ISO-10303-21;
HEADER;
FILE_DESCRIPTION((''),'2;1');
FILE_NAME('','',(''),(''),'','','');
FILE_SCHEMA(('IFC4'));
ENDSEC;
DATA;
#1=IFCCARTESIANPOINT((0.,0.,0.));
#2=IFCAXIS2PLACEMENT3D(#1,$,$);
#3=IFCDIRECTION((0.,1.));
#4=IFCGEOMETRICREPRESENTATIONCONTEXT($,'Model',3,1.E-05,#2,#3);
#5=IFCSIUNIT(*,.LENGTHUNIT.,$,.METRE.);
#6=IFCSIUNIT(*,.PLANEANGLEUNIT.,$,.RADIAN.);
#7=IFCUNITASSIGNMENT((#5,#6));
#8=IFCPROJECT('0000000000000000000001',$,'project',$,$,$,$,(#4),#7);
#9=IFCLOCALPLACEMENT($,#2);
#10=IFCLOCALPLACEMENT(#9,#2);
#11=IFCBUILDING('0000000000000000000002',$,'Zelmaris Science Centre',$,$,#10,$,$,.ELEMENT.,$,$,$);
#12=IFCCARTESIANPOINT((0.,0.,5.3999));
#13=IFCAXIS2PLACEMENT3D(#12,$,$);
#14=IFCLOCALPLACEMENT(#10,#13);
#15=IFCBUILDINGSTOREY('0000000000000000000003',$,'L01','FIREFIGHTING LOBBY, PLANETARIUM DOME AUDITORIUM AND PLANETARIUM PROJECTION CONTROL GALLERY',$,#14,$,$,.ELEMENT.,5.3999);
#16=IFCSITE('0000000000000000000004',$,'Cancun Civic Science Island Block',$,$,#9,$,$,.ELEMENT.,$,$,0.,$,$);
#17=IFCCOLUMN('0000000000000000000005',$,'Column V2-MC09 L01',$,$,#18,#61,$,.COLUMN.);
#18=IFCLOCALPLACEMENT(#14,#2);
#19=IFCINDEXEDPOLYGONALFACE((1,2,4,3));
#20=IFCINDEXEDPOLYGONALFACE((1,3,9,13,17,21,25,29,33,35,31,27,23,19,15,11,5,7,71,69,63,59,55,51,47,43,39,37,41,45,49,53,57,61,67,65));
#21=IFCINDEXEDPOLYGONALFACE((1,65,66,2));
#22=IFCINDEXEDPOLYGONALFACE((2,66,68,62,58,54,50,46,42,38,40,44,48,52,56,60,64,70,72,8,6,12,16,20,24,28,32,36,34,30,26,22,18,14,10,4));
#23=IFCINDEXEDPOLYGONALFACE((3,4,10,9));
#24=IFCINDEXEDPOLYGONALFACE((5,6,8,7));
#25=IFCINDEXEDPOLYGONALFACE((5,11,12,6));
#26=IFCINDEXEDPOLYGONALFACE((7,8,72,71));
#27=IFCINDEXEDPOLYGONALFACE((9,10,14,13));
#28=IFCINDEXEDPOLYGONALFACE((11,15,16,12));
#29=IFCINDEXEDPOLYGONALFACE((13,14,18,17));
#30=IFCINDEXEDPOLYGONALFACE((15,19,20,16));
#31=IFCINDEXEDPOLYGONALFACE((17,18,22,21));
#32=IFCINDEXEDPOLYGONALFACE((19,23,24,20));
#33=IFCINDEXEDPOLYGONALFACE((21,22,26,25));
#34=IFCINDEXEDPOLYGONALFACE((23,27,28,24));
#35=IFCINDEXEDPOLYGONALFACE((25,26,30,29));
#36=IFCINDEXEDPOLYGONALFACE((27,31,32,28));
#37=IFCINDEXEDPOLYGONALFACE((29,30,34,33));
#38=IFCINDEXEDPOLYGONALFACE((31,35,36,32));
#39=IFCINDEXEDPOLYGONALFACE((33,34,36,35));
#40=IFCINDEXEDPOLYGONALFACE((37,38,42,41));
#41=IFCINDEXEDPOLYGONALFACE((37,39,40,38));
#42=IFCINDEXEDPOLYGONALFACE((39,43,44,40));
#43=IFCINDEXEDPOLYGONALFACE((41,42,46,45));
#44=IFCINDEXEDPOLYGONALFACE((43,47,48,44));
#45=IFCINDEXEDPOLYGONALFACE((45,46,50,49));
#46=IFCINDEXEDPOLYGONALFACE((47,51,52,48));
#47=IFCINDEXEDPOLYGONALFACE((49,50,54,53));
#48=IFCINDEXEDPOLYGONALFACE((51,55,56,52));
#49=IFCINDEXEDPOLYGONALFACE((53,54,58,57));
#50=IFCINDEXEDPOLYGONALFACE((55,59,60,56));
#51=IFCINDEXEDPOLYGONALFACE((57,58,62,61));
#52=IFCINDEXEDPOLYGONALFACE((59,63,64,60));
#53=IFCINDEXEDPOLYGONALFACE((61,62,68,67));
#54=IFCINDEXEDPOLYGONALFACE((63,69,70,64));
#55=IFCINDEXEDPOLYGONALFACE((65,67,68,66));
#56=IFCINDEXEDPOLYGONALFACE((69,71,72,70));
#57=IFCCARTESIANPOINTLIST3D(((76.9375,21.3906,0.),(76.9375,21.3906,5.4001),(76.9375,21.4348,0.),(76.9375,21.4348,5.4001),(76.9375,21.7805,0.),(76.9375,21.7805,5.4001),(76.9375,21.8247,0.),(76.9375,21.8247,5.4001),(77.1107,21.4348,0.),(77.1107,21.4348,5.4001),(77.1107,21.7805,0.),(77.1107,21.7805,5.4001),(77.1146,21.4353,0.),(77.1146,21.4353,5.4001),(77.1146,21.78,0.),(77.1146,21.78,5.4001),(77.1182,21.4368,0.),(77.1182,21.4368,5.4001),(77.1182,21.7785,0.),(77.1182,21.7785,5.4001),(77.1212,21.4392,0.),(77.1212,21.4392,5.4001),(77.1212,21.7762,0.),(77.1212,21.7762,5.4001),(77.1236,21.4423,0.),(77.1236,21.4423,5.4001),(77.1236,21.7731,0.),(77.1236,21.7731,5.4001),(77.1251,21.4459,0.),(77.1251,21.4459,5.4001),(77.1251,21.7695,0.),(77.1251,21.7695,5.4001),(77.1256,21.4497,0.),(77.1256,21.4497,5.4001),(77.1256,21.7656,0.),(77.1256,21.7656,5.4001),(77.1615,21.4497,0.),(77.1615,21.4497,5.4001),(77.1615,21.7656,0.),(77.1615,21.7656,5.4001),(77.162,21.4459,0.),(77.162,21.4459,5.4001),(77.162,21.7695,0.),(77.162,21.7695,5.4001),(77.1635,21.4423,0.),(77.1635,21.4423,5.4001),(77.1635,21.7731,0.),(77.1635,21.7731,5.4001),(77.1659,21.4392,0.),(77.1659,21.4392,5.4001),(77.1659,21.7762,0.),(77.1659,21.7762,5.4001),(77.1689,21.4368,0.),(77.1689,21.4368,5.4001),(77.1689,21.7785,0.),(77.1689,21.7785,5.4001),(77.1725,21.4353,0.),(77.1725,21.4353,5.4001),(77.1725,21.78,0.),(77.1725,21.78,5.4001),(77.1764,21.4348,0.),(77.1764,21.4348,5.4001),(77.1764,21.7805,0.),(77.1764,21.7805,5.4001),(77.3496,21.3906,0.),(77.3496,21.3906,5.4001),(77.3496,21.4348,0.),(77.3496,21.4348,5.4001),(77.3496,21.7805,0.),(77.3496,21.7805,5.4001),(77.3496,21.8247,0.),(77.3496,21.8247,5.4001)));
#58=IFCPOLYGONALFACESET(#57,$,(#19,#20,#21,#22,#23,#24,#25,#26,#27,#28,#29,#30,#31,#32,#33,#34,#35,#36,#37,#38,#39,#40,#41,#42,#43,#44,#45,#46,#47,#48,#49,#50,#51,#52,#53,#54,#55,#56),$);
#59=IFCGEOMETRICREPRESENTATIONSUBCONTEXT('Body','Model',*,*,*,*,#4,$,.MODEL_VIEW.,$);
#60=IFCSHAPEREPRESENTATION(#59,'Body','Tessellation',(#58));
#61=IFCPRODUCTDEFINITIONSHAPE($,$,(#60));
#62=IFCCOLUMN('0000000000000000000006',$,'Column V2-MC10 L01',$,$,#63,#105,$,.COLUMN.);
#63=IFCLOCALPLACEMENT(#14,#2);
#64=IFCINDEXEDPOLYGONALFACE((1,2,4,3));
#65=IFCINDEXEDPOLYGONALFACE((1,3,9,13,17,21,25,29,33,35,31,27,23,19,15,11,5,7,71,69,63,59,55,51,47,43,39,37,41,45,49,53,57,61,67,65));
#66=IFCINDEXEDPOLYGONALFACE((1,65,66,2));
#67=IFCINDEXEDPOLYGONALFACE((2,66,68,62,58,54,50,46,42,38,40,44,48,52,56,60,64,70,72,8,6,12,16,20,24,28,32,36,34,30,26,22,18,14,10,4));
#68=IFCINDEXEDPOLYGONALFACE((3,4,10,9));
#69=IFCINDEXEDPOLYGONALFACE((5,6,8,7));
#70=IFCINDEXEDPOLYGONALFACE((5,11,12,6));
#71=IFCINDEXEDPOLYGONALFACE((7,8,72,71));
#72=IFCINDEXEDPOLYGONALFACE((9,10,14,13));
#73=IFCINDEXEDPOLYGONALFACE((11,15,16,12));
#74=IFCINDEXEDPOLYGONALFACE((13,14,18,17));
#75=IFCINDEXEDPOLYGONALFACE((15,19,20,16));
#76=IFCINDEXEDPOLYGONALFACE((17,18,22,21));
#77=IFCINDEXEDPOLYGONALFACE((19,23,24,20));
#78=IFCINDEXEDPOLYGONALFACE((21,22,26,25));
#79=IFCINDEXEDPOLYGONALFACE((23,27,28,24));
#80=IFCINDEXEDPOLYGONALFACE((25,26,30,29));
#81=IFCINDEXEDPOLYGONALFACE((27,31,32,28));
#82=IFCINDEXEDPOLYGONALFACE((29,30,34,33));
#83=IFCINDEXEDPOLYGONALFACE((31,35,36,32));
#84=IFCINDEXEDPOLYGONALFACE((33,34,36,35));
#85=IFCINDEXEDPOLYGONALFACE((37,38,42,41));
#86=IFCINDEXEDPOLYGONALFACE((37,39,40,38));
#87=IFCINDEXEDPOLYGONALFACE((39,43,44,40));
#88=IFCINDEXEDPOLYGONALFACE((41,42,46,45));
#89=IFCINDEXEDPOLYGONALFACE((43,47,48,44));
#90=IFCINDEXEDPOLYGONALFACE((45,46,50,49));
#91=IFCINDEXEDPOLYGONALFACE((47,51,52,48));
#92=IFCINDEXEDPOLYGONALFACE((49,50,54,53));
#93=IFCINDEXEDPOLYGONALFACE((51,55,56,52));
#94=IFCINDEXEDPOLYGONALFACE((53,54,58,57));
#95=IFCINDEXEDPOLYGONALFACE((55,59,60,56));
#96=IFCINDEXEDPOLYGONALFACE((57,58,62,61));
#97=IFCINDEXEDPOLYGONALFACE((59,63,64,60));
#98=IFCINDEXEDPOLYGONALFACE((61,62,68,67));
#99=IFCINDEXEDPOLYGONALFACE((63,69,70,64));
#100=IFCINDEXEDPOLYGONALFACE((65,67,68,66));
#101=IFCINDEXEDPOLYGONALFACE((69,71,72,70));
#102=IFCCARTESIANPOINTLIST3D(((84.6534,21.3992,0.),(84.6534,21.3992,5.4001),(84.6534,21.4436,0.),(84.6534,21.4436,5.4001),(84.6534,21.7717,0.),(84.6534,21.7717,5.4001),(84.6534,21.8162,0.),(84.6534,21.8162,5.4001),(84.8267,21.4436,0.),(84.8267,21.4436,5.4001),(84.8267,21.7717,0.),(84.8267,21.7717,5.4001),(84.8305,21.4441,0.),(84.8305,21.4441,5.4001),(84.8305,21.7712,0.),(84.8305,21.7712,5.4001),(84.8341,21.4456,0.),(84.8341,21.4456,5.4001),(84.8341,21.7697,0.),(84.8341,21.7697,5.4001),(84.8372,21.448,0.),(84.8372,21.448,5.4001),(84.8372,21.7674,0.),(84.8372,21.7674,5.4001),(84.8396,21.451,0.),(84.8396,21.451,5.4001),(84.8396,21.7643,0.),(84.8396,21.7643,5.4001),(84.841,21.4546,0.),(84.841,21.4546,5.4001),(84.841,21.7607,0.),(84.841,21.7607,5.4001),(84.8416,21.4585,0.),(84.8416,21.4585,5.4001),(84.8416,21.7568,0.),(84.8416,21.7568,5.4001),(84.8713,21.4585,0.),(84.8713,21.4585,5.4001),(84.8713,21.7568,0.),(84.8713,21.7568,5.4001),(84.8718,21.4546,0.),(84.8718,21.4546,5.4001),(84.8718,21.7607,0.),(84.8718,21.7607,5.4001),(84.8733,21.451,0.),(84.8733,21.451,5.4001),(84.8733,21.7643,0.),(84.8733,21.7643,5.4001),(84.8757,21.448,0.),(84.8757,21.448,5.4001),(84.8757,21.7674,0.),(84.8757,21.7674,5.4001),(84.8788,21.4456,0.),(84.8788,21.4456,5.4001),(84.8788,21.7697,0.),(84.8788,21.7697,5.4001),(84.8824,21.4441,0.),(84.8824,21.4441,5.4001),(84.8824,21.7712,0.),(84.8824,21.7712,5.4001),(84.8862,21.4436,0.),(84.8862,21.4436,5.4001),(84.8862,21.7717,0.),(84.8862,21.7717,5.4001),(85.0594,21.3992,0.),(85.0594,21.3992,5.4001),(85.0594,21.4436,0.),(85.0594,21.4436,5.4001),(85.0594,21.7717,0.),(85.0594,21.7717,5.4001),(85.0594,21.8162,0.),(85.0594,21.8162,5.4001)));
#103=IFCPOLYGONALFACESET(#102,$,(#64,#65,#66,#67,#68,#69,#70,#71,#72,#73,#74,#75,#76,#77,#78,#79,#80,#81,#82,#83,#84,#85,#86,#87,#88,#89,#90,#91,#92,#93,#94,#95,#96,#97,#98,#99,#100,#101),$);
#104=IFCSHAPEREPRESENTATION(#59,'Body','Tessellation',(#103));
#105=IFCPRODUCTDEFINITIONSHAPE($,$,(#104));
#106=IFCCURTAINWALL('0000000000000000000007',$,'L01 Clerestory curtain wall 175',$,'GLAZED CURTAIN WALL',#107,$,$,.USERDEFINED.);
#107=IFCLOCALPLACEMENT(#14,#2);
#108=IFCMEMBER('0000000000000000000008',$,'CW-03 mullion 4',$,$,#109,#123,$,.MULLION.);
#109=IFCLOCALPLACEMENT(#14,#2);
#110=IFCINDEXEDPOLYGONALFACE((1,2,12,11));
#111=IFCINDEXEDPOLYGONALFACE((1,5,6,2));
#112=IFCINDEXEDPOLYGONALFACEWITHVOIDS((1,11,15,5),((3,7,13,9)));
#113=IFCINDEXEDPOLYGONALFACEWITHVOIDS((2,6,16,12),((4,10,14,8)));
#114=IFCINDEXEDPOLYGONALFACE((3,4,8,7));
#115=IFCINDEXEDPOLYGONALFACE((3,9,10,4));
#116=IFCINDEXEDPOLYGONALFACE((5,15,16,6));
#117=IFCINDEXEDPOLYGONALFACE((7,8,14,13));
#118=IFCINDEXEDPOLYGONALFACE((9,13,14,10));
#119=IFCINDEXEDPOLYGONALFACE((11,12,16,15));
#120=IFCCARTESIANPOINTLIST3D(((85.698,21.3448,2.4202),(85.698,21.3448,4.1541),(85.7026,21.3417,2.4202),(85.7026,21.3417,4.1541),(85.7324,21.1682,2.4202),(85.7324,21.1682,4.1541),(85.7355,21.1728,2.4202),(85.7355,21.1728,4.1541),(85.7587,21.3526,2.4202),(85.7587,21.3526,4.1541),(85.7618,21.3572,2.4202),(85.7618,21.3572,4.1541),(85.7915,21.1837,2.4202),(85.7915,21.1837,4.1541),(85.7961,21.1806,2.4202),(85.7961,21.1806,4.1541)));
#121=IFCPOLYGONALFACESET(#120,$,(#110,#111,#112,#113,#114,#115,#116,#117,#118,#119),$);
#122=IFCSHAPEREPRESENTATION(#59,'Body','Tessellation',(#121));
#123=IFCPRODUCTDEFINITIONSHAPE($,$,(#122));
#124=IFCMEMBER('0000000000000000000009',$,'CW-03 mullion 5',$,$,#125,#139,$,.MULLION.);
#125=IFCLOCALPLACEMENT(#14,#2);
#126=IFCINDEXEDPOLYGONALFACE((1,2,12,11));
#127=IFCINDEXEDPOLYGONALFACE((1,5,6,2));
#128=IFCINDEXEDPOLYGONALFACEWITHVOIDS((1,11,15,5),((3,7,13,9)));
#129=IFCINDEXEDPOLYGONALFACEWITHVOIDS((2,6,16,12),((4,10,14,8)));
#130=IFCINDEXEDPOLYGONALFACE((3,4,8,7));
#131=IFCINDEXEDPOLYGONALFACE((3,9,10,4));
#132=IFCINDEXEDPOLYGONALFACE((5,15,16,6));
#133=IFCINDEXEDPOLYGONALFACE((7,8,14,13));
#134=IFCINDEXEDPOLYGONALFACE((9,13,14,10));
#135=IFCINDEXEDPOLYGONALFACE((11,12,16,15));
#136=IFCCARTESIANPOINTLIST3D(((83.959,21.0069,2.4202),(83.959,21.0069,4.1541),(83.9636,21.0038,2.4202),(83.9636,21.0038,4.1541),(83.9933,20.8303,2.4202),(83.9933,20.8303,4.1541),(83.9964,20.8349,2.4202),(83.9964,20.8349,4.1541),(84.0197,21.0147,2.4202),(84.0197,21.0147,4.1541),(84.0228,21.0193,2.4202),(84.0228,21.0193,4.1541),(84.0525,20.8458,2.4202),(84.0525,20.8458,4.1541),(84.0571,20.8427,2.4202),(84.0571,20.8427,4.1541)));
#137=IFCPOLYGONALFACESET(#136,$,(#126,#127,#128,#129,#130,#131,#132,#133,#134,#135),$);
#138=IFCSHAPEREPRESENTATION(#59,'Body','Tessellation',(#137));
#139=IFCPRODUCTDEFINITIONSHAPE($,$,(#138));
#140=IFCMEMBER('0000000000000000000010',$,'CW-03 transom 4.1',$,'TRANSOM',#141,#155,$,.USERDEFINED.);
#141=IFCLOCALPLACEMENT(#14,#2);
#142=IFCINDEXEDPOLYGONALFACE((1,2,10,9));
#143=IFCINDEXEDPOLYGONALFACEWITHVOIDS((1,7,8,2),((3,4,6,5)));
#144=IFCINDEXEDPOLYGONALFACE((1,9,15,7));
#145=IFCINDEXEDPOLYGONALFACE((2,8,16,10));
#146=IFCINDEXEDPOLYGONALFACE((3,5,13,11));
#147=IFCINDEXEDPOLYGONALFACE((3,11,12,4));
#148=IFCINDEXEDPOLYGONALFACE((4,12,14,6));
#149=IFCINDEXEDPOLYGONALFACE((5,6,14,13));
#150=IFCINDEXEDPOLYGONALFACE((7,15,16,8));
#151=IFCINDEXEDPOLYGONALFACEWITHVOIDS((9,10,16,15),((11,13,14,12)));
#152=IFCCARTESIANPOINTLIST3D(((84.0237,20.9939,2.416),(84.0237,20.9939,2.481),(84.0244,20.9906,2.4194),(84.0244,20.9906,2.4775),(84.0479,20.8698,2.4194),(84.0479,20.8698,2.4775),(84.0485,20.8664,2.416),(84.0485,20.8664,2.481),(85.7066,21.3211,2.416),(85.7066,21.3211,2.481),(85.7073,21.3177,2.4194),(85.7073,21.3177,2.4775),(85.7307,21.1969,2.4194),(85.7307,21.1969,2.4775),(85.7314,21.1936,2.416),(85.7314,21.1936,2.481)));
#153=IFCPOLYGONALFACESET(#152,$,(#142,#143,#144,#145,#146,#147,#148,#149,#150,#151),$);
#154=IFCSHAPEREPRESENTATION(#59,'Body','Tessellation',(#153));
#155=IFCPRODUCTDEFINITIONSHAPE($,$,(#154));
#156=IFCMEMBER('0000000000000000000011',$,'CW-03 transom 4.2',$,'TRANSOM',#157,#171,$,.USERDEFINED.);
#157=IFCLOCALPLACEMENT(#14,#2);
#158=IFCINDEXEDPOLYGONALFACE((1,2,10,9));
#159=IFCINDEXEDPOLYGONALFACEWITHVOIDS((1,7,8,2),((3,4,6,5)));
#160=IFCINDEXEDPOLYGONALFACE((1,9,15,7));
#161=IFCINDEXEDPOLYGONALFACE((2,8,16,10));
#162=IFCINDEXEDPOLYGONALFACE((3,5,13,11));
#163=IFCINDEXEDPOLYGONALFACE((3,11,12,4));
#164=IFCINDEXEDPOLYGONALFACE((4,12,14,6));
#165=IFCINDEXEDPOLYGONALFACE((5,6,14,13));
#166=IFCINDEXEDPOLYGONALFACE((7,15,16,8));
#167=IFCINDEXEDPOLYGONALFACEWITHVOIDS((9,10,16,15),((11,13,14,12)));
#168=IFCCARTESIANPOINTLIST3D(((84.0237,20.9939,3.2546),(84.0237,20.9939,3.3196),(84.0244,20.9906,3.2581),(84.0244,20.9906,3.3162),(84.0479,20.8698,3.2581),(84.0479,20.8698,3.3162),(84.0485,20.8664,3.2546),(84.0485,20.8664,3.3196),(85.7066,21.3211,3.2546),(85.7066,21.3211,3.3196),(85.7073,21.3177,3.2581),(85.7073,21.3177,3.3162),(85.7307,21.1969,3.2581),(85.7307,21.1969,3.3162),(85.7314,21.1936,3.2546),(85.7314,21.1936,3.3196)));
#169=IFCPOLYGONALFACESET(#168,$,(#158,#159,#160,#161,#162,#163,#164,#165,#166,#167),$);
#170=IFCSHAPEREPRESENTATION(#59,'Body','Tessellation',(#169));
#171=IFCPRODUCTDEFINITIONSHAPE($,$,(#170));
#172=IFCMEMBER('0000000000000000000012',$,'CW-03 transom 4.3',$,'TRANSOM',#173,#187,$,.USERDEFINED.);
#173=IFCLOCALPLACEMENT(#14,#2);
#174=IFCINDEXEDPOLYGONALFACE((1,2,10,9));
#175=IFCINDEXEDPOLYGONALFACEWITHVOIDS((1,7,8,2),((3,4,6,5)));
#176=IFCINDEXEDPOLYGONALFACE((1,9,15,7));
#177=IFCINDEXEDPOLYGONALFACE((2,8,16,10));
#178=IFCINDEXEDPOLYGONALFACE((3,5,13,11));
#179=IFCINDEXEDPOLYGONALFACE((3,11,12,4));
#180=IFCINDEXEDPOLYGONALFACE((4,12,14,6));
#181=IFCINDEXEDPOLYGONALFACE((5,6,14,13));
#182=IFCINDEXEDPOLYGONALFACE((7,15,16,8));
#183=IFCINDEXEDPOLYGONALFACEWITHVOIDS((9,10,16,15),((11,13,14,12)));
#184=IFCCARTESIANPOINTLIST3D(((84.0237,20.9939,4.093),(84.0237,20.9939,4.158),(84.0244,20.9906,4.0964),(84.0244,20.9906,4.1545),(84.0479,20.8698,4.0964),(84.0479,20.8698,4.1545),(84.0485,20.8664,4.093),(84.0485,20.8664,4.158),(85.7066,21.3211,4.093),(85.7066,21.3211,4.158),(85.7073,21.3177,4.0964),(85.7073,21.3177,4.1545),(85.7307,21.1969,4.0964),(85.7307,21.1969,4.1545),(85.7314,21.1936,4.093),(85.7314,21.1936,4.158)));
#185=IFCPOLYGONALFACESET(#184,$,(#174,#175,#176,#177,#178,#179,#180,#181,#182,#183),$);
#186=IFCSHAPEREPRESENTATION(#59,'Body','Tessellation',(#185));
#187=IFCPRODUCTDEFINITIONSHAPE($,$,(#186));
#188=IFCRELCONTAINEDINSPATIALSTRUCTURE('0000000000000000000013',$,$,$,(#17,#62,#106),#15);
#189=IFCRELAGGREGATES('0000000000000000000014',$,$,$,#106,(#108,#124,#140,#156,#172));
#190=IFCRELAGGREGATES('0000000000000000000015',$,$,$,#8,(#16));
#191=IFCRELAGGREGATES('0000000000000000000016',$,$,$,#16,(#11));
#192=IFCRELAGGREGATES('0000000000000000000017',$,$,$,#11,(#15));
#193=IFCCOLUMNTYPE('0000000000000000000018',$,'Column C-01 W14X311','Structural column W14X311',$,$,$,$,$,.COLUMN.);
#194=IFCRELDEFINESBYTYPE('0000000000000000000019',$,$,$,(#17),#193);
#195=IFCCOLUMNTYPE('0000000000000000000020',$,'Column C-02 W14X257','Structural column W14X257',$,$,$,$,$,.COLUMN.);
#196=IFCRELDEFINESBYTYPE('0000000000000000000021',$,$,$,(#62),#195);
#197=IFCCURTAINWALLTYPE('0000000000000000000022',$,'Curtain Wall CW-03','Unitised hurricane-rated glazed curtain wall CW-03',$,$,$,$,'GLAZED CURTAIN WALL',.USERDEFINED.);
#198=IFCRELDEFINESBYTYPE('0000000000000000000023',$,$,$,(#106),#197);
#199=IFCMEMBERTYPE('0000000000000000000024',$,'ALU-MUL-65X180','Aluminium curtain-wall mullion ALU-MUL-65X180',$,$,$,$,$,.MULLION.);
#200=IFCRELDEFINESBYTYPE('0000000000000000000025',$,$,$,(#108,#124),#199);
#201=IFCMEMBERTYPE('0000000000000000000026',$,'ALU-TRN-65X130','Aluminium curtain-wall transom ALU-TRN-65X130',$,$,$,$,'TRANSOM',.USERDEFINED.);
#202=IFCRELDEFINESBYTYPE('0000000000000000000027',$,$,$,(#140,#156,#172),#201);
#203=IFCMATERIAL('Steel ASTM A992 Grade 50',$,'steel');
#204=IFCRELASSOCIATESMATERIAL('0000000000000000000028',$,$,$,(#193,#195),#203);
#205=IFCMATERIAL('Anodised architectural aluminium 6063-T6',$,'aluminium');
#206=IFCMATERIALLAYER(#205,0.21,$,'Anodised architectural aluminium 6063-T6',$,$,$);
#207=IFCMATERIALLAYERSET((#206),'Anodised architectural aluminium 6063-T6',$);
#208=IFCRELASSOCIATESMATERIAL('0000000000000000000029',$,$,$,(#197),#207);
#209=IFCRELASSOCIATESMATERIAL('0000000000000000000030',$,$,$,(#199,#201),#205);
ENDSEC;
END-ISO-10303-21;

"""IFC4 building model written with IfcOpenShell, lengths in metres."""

from ifc_helpers import new_model, si_unit, direction, frame, origin, origin_2d, place, context, subcontext, project, spatial, hollow_rectangle, i_section, extrude, material, layer, layer_set, material_profile, profile_set, type_object, element, aggregate, save


model = new_model("IFC4")

# Units and contexts
model_context = context("Model", 3, precision=1e-05, world=origin(), true_north=direction((0.0, 1.0)))
body_context = subcontext(model_context, "Body", "Model", "MODEL_VIEW")
ifc_project = project(units=[si_unit("LENGTHUNIT", "METRE"), si_unit("PLANEANGLEUNIT", "RADIAN")], contexts=[model_context])

# Site, building, storey
site_placement = place(None, origin())
site = spatial("IfcSite", under=ifc_project, at=site_placement, Name="Cancun Civic Science Island Block", CompositionType="ELEMENT", RefElevation=0.0)
building_placement = place(site_placement, origin())
building = spatial("IfcBuilding", under=site, at=building_placement, Name="Zelmaris Science Centre", CompositionType="ELEMENT")
storey_placement = place(building_placement, frame((0.0, 0.0, 5.3999)))
storey = spatial("IfcBuildingStorey", under=building, at=storey_placement, Name="L01", Description="FIREFIGHTING LOBBY, PLANETARIUM DOME AUDITORIUM AND PLANETARIUM PROJECTION CONTROL GALLERY", CompositionType="ELEMENT", Elevation=5.3999)

# Columns
ifc_material_1 = material(Name="Steel ASTM A992 Grade 50", Category="steel")
ifc_material_profile_1 = material_profile(ifc_material_1, i_section(OverallWidth=0.4121, OverallDepth=0.4341, WebThickness=0.0359, FlangeThickness=0.0442, FilletRadius=0.0149, at=origin_2d()), Name="W14X311")
ifc_profile_set_1 = profile_set([ifc_material_profile_1], Name="Steel ASTM A992 Grade 50")
column_type_1 = type_object("IfcColumnType", Name="Column C-01 W14X311", Description="Structural column W14X311", PredefinedType="COLUMN", material=ifc_profile_set_1)
column_1_placement = place(storey_placement, frame((77.1436, 21.6077, 0.0), z_axis=(0.0, 0.0, 1.0), x_axis=(1.0, 0.0, 0.0)))
element("IfcColumn", 1, at=column_1_placement, inside=storey, type_object=column_type_1, Name="Column V2-MC09 L01", PredefinedType="COLUMN", context=body_context, shape_type="SweptSolid", body=[
    extrude(i_section(OverallWidth=0.4121, OverallDepth=0.4341, WebThickness=0.0359, FlangeThickness=0.0442, FilletRadius=0.0149, at=origin_2d()), origin(), (0.0, 0.0, 1.0), 5.4001),
])
ifc_material_profile_2 = material_profile(ifc_material_1, i_section(OverallWidth=0.406, OverallDepth=0.417, WebThickness=0.0298, FlangeThickness=0.0444, FilletRadius=0.0149, at=origin_2d()), Name="W14X257")
ifc_profile_set_2 = profile_set([ifc_material_profile_2], Name="Steel ASTM A992 Grade 50")
column_type_2 = type_object("IfcColumnType", Name="Column C-02 W14X257", Description="Structural column W14X257", PredefinedType="COLUMN", material=ifc_profile_set_2)
column_2_placement = place(storey_placement, frame((84.8564, 21.6077, 0.0), z_axis=(0.0, 0.0, 1.0), x_axis=(1.0, 0.0, 0.0)))
element("IfcColumn", 2, at=column_2_placement, inside=storey, type_object=column_type_2, Name="Column V2-MC10 L01", PredefinedType="COLUMN", context=body_context, shape_type="SweptSolid", body=[
    extrude(i_section(OverallWidth=0.406, OverallDepth=0.417, WebThickness=0.0298, FlangeThickness=0.0444, FilletRadius=0.0149, at=origin_2d()), origin(), (0.0, 0.0, 1.0), 5.4001),
])

# Curtain wall, members
ifc_material_2 = material(Name="Anodised architectural aluminium 6063-T6", Category="aluminium")
ifc_layer_1 = layer(ifc_material_2, 0.21, Name="Anodised architectural aluminium 6063-T6")
ifc_layer_set_1 = layer_set([ifc_layer_1], Name="Anodised architectural aluminium 6063-T6")
curtain_wall_type = type_object("IfcCurtainWallType", Name="Curtain Wall CW-03", Description="Unitised hurricane-rated glazed curtain wall CW-03", ElementType="GLAZED CURTAIN WALL", PredefinedType="USERDEFINED", material=ifc_layer_set_1)
curtain_wall_placement = place(storey_placement, origin())
curtain_wall = element("IfcCurtainWall", 3, at=curtain_wall_placement, inside=storey, type_object=curtain_wall_type, Name="L01 Clerestory curtain wall 175", ObjectType="GLAZED CURTAIN WALL", PredefinedType="USERDEFINED")
ifc_material_profile_3 = material_profile(ifc_material_2, hollow_rectangle(XDim=0.0649, YDim=0.1799, WallThickness=0.0039, at=origin_2d()), Name="ALU-MUL-65X180")
ifc_profile_set_3 = profile_set([ifc_material_profile_3], Name="Anodised architectural aluminium 6063-T6")
member_type_1 = type_object("IfcMemberType", Name="ALU-MUL-65X180", Description="Aluminium curtain-wall mullion ALU-MUL-65X180", PredefinedType="MULLION", material=ifc_profile_set_3)
member_1_placement = place(storey_placement, frame((85.7471, 21.2627, 2.4202), z_axis=(0.0, 0.0, 1.0), x_axis=(-0.981631, -0.190792, 0.0)))
member_1 = element("IfcMember", 4, at=member_1_placement, type_object=member_type_1, Name="CW-03 mullion 4", PredefinedType="MULLION", context=body_context, shape_type="SweptSolid", body=[
    extrude(hollow_rectangle(XDim=0.0649, YDim=0.1799, WallThickness=0.0039, at=origin_2d()), origin(), (0.0, 0.0, 1.0), 1.7339),
])
member_2_placement = place(storey_placement, frame((84.0081, 20.9248, 2.4202), z_axis=(0.0, 0.0, 1.0), x_axis=(-0.981631, -0.190792, 0.0)))
member_2 = element("IfcMember", 5, at=member_2_placement, type_object=member_type_1, Name="CW-03 mullion 5", PredefinedType="MULLION", context=body_context, shape_type="SweptSolid", body=[
    extrude(hollow_rectangle(XDim=0.0649, YDim=0.1799, WallThickness=0.0039, at=origin_2d()), origin(), (0.0, 0.0, 1.0), 1.7339),
])
ifc_material_profile_4 = material_profile(ifc_material_2, hollow_rectangle(XDim=0.0649, YDim=0.1299, WallThickness=0.0034, at=origin_2d()), Name="ALU-TRN-65X130")
ifc_profile_set_4 = profile_set([ifc_material_profile_4], Name="Anodised architectural aluminium 6063-T6")
member_type_2 = type_object("IfcMemberType", Name="ALU-TRN-65X130", Description="Aluminium curtain-wall transom ALU-TRN-65X130", ElementType="TRANSOM", PredefinedType="USERDEFINED", material=ifc_profile_set_4)
member_3_placement = place(storey_placement, frame((85.719, 21.2573, 2.4485), z_axis=(-0.981624, -0.190828, 0.0), x_axis=(0.0, 0.0, 1.0)))
member_3 = element("IfcMember", 6, at=member_3_placement, type_object=member_type_2, Name="CW-03 transom 4.1", ObjectType="TRANSOM", PredefinedType="USERDEFINED", context=body_context, shape_type="SweptSolid", body=[
    extrude(hollow_rectangle(XDim=0.0649, YDim=0.1299, WallThickness=0.0034, at=origin_2d()), origin(), (0.0, 0.0, 1.0), 1.7144),
])
member_4_placement = place(storey_placement, frame((85.719, 21.2573, 3.2871), z_axis=(-0.981624, -0.190828, 0.0), x_axis=(0.0, 0.0, 1.0)))
member_4 = element("IfcMember", 7, at=member_4_placement, type_object=member_type_2, Name="CW-03 transom 4.2", ObjectType="TRANSOM", PredefinedType="USERDEFINED", context=body_context, shape_type="SweptSolid", body=[
    extrude(hollow_rectangle(XDim=0.0649, YDim=0.1299, WallThickness=0.0034, at=origin_2d()), origin(), (0.0, 0.0, 1.0), 1.7144),
])
member_5_placement = place(storey_placement, frame((85.719, 21.2573, 4.1255), z_axis=(-0.981624, -0.190828, 0.0), x_axis=(0.0, 0.0, 1.0)))
member_5 = element("IfcMember", 8, at=member_5_placement, type_object=member_type_2, Name="CW-03 transom 4.3", ObjectType="TRANSOM", PredefinedType="USERDEFINED", context=body_context, shape_type="SweptSolid", body=[
    extrude(hollow_rectangle(XDim=0.0649, YDim=0.1299, WallThickness=0.0034, at=origin_2d()), origin(), (0.0, 0.0, 1.0), 1.7144),
])

aggregate(curtain_wall, [member_1, member_2, member_3, member_4, member_5])

save(model, "model.ifc")
